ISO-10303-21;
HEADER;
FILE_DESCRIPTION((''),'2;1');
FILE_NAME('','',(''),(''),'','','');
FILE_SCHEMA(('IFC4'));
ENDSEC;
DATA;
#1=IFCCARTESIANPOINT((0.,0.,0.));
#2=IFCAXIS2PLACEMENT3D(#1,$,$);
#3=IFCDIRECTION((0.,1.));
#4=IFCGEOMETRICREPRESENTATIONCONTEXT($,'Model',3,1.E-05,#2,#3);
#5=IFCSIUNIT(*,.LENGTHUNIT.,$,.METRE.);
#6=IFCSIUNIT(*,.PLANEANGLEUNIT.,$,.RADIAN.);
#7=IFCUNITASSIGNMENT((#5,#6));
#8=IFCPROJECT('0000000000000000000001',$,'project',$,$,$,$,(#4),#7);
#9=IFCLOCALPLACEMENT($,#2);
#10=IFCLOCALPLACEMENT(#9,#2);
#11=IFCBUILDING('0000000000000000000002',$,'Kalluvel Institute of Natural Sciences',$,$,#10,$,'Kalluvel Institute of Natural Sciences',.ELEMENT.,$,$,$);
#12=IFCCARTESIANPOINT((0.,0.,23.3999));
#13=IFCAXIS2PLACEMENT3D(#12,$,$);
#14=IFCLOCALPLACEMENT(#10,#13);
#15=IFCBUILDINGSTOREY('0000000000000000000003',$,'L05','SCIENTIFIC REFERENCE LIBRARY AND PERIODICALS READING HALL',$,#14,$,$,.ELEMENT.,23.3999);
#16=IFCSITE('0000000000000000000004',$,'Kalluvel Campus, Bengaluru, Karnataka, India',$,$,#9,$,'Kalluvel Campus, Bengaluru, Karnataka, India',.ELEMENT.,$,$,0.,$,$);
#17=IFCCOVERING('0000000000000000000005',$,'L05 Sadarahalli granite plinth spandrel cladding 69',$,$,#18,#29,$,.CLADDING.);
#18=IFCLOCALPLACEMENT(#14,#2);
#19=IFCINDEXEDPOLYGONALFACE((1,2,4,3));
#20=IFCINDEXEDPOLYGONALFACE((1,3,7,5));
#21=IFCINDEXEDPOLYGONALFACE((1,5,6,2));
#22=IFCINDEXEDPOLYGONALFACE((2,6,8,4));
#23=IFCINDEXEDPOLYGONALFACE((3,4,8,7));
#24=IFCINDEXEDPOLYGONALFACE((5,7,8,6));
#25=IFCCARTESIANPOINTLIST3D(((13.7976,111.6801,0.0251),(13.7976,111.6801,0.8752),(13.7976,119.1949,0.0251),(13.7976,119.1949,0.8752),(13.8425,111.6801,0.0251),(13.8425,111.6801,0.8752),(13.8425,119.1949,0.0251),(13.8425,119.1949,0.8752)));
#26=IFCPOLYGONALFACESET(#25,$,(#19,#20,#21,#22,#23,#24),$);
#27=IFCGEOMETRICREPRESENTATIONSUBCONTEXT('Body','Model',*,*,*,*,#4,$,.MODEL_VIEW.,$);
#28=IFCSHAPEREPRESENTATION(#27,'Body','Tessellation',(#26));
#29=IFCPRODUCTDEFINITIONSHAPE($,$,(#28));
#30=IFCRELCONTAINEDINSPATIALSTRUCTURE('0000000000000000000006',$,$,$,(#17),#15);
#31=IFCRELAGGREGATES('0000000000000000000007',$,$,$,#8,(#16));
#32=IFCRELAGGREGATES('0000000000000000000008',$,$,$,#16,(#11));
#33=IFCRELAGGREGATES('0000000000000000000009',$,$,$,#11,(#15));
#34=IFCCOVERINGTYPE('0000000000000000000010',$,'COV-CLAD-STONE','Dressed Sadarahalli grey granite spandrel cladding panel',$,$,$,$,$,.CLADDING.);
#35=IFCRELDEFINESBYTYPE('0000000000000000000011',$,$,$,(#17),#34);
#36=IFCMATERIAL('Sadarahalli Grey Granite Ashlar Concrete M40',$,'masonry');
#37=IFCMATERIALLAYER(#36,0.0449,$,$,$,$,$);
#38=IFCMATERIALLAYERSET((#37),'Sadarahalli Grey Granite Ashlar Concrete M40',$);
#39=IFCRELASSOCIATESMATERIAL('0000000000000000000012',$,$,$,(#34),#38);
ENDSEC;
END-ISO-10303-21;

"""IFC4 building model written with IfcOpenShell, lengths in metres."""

from ifc_helpers import new_model, si_unit, direction, frame, origin, origin_2d, place, context, subcontext, project, spatial, rectangle, extrude, material, layer, layer_set, type_object, element, save


model = new_model("IFC4")

# Units and contexts
model_context = context("Model", 3, precision=1e-05, world=origin(), true_north=direction((0.0, 1.0)))
body_context = subcontext(model_context, "Body", "Model", "MODEL_VIEW")
ifc_project = project(units=[si_unit("LENGTHUNIT", "METRE"), si_unit("PLANEANGLEUNIT", "RADIAN")], contexts=[model_context])

# Site, building, storey
site_placement = place(None, origin())
site = spatial("IfcSite", under=ifc_project, at=site_placement, Name="Kalluvel Campus, Bengaluru, Karnataka, India", LongName="Kalluvel Campus, Bengaluru, Karnataka, India", CompositionType="ELEMENT", RefElevation=0.0)
building_placement = place(site_placement, origin())
building = spatial("IfcBuilding", under=site, at=building_placement, Name="Kalluvel Institute of Natural Sciences", LongName="Kalluvel Institute of Natural Sciences", CompositionType="ELEMENT")
storey_placement = place(building_placement, frame((0.0, 0.0, 23.3999)))
storey = spatial("IfcBuildingStorey", under=building, at=storey_placement, Name="L05", Description="SCIENTIFIC REFERENCE LIBRARY AND PERIODICALS READING HALL", CompositionType="ELEMENT", Elevation=23.3999)

# Shared definitions
ifc_material_1 = material(Name="Sadarahalli Grey Granite Ashlar Concrete M40", Category="masonry")

# Covering
ifc_layer_1 = layer(ifc_material_1, 0.0449)
ifc_layer_set_1 = layer_set([ifc_layer_1], Name="Sadarahalli Grey Granite Ashlar Concrete M40")
covering_type = type_object("IfcCoveringType", Name="COV-CLAD-STONE", Description="Dressed Sadarahalli grey granite spandrel cladding panel", PredefinedType="CLADDING", material=ifc_layer_set_1)
covering_placement = place(storey_placement, frame((13.8201, 115.4375, 0.0251), z_axis=(0.0, 0.0, 1.0), x_axis=(0.0, 1.0, 0.0)))
element("IfcCovering", 1, at=covering_placement, inside=storey, type_object=covering_type, Name="L05 Sadarahalli granite plinth spandrel cladding 69", PredefinedType="CLADDING", context=body_context, shape_type="SweptSolid", body=[
    extrude(rectangle(XDim=7.5149, YDim=0.0449, at=origin_2d()), origin(), (0.0, 0.0, 1.0), 0.8501),
])

save(model, "model.ifc")
